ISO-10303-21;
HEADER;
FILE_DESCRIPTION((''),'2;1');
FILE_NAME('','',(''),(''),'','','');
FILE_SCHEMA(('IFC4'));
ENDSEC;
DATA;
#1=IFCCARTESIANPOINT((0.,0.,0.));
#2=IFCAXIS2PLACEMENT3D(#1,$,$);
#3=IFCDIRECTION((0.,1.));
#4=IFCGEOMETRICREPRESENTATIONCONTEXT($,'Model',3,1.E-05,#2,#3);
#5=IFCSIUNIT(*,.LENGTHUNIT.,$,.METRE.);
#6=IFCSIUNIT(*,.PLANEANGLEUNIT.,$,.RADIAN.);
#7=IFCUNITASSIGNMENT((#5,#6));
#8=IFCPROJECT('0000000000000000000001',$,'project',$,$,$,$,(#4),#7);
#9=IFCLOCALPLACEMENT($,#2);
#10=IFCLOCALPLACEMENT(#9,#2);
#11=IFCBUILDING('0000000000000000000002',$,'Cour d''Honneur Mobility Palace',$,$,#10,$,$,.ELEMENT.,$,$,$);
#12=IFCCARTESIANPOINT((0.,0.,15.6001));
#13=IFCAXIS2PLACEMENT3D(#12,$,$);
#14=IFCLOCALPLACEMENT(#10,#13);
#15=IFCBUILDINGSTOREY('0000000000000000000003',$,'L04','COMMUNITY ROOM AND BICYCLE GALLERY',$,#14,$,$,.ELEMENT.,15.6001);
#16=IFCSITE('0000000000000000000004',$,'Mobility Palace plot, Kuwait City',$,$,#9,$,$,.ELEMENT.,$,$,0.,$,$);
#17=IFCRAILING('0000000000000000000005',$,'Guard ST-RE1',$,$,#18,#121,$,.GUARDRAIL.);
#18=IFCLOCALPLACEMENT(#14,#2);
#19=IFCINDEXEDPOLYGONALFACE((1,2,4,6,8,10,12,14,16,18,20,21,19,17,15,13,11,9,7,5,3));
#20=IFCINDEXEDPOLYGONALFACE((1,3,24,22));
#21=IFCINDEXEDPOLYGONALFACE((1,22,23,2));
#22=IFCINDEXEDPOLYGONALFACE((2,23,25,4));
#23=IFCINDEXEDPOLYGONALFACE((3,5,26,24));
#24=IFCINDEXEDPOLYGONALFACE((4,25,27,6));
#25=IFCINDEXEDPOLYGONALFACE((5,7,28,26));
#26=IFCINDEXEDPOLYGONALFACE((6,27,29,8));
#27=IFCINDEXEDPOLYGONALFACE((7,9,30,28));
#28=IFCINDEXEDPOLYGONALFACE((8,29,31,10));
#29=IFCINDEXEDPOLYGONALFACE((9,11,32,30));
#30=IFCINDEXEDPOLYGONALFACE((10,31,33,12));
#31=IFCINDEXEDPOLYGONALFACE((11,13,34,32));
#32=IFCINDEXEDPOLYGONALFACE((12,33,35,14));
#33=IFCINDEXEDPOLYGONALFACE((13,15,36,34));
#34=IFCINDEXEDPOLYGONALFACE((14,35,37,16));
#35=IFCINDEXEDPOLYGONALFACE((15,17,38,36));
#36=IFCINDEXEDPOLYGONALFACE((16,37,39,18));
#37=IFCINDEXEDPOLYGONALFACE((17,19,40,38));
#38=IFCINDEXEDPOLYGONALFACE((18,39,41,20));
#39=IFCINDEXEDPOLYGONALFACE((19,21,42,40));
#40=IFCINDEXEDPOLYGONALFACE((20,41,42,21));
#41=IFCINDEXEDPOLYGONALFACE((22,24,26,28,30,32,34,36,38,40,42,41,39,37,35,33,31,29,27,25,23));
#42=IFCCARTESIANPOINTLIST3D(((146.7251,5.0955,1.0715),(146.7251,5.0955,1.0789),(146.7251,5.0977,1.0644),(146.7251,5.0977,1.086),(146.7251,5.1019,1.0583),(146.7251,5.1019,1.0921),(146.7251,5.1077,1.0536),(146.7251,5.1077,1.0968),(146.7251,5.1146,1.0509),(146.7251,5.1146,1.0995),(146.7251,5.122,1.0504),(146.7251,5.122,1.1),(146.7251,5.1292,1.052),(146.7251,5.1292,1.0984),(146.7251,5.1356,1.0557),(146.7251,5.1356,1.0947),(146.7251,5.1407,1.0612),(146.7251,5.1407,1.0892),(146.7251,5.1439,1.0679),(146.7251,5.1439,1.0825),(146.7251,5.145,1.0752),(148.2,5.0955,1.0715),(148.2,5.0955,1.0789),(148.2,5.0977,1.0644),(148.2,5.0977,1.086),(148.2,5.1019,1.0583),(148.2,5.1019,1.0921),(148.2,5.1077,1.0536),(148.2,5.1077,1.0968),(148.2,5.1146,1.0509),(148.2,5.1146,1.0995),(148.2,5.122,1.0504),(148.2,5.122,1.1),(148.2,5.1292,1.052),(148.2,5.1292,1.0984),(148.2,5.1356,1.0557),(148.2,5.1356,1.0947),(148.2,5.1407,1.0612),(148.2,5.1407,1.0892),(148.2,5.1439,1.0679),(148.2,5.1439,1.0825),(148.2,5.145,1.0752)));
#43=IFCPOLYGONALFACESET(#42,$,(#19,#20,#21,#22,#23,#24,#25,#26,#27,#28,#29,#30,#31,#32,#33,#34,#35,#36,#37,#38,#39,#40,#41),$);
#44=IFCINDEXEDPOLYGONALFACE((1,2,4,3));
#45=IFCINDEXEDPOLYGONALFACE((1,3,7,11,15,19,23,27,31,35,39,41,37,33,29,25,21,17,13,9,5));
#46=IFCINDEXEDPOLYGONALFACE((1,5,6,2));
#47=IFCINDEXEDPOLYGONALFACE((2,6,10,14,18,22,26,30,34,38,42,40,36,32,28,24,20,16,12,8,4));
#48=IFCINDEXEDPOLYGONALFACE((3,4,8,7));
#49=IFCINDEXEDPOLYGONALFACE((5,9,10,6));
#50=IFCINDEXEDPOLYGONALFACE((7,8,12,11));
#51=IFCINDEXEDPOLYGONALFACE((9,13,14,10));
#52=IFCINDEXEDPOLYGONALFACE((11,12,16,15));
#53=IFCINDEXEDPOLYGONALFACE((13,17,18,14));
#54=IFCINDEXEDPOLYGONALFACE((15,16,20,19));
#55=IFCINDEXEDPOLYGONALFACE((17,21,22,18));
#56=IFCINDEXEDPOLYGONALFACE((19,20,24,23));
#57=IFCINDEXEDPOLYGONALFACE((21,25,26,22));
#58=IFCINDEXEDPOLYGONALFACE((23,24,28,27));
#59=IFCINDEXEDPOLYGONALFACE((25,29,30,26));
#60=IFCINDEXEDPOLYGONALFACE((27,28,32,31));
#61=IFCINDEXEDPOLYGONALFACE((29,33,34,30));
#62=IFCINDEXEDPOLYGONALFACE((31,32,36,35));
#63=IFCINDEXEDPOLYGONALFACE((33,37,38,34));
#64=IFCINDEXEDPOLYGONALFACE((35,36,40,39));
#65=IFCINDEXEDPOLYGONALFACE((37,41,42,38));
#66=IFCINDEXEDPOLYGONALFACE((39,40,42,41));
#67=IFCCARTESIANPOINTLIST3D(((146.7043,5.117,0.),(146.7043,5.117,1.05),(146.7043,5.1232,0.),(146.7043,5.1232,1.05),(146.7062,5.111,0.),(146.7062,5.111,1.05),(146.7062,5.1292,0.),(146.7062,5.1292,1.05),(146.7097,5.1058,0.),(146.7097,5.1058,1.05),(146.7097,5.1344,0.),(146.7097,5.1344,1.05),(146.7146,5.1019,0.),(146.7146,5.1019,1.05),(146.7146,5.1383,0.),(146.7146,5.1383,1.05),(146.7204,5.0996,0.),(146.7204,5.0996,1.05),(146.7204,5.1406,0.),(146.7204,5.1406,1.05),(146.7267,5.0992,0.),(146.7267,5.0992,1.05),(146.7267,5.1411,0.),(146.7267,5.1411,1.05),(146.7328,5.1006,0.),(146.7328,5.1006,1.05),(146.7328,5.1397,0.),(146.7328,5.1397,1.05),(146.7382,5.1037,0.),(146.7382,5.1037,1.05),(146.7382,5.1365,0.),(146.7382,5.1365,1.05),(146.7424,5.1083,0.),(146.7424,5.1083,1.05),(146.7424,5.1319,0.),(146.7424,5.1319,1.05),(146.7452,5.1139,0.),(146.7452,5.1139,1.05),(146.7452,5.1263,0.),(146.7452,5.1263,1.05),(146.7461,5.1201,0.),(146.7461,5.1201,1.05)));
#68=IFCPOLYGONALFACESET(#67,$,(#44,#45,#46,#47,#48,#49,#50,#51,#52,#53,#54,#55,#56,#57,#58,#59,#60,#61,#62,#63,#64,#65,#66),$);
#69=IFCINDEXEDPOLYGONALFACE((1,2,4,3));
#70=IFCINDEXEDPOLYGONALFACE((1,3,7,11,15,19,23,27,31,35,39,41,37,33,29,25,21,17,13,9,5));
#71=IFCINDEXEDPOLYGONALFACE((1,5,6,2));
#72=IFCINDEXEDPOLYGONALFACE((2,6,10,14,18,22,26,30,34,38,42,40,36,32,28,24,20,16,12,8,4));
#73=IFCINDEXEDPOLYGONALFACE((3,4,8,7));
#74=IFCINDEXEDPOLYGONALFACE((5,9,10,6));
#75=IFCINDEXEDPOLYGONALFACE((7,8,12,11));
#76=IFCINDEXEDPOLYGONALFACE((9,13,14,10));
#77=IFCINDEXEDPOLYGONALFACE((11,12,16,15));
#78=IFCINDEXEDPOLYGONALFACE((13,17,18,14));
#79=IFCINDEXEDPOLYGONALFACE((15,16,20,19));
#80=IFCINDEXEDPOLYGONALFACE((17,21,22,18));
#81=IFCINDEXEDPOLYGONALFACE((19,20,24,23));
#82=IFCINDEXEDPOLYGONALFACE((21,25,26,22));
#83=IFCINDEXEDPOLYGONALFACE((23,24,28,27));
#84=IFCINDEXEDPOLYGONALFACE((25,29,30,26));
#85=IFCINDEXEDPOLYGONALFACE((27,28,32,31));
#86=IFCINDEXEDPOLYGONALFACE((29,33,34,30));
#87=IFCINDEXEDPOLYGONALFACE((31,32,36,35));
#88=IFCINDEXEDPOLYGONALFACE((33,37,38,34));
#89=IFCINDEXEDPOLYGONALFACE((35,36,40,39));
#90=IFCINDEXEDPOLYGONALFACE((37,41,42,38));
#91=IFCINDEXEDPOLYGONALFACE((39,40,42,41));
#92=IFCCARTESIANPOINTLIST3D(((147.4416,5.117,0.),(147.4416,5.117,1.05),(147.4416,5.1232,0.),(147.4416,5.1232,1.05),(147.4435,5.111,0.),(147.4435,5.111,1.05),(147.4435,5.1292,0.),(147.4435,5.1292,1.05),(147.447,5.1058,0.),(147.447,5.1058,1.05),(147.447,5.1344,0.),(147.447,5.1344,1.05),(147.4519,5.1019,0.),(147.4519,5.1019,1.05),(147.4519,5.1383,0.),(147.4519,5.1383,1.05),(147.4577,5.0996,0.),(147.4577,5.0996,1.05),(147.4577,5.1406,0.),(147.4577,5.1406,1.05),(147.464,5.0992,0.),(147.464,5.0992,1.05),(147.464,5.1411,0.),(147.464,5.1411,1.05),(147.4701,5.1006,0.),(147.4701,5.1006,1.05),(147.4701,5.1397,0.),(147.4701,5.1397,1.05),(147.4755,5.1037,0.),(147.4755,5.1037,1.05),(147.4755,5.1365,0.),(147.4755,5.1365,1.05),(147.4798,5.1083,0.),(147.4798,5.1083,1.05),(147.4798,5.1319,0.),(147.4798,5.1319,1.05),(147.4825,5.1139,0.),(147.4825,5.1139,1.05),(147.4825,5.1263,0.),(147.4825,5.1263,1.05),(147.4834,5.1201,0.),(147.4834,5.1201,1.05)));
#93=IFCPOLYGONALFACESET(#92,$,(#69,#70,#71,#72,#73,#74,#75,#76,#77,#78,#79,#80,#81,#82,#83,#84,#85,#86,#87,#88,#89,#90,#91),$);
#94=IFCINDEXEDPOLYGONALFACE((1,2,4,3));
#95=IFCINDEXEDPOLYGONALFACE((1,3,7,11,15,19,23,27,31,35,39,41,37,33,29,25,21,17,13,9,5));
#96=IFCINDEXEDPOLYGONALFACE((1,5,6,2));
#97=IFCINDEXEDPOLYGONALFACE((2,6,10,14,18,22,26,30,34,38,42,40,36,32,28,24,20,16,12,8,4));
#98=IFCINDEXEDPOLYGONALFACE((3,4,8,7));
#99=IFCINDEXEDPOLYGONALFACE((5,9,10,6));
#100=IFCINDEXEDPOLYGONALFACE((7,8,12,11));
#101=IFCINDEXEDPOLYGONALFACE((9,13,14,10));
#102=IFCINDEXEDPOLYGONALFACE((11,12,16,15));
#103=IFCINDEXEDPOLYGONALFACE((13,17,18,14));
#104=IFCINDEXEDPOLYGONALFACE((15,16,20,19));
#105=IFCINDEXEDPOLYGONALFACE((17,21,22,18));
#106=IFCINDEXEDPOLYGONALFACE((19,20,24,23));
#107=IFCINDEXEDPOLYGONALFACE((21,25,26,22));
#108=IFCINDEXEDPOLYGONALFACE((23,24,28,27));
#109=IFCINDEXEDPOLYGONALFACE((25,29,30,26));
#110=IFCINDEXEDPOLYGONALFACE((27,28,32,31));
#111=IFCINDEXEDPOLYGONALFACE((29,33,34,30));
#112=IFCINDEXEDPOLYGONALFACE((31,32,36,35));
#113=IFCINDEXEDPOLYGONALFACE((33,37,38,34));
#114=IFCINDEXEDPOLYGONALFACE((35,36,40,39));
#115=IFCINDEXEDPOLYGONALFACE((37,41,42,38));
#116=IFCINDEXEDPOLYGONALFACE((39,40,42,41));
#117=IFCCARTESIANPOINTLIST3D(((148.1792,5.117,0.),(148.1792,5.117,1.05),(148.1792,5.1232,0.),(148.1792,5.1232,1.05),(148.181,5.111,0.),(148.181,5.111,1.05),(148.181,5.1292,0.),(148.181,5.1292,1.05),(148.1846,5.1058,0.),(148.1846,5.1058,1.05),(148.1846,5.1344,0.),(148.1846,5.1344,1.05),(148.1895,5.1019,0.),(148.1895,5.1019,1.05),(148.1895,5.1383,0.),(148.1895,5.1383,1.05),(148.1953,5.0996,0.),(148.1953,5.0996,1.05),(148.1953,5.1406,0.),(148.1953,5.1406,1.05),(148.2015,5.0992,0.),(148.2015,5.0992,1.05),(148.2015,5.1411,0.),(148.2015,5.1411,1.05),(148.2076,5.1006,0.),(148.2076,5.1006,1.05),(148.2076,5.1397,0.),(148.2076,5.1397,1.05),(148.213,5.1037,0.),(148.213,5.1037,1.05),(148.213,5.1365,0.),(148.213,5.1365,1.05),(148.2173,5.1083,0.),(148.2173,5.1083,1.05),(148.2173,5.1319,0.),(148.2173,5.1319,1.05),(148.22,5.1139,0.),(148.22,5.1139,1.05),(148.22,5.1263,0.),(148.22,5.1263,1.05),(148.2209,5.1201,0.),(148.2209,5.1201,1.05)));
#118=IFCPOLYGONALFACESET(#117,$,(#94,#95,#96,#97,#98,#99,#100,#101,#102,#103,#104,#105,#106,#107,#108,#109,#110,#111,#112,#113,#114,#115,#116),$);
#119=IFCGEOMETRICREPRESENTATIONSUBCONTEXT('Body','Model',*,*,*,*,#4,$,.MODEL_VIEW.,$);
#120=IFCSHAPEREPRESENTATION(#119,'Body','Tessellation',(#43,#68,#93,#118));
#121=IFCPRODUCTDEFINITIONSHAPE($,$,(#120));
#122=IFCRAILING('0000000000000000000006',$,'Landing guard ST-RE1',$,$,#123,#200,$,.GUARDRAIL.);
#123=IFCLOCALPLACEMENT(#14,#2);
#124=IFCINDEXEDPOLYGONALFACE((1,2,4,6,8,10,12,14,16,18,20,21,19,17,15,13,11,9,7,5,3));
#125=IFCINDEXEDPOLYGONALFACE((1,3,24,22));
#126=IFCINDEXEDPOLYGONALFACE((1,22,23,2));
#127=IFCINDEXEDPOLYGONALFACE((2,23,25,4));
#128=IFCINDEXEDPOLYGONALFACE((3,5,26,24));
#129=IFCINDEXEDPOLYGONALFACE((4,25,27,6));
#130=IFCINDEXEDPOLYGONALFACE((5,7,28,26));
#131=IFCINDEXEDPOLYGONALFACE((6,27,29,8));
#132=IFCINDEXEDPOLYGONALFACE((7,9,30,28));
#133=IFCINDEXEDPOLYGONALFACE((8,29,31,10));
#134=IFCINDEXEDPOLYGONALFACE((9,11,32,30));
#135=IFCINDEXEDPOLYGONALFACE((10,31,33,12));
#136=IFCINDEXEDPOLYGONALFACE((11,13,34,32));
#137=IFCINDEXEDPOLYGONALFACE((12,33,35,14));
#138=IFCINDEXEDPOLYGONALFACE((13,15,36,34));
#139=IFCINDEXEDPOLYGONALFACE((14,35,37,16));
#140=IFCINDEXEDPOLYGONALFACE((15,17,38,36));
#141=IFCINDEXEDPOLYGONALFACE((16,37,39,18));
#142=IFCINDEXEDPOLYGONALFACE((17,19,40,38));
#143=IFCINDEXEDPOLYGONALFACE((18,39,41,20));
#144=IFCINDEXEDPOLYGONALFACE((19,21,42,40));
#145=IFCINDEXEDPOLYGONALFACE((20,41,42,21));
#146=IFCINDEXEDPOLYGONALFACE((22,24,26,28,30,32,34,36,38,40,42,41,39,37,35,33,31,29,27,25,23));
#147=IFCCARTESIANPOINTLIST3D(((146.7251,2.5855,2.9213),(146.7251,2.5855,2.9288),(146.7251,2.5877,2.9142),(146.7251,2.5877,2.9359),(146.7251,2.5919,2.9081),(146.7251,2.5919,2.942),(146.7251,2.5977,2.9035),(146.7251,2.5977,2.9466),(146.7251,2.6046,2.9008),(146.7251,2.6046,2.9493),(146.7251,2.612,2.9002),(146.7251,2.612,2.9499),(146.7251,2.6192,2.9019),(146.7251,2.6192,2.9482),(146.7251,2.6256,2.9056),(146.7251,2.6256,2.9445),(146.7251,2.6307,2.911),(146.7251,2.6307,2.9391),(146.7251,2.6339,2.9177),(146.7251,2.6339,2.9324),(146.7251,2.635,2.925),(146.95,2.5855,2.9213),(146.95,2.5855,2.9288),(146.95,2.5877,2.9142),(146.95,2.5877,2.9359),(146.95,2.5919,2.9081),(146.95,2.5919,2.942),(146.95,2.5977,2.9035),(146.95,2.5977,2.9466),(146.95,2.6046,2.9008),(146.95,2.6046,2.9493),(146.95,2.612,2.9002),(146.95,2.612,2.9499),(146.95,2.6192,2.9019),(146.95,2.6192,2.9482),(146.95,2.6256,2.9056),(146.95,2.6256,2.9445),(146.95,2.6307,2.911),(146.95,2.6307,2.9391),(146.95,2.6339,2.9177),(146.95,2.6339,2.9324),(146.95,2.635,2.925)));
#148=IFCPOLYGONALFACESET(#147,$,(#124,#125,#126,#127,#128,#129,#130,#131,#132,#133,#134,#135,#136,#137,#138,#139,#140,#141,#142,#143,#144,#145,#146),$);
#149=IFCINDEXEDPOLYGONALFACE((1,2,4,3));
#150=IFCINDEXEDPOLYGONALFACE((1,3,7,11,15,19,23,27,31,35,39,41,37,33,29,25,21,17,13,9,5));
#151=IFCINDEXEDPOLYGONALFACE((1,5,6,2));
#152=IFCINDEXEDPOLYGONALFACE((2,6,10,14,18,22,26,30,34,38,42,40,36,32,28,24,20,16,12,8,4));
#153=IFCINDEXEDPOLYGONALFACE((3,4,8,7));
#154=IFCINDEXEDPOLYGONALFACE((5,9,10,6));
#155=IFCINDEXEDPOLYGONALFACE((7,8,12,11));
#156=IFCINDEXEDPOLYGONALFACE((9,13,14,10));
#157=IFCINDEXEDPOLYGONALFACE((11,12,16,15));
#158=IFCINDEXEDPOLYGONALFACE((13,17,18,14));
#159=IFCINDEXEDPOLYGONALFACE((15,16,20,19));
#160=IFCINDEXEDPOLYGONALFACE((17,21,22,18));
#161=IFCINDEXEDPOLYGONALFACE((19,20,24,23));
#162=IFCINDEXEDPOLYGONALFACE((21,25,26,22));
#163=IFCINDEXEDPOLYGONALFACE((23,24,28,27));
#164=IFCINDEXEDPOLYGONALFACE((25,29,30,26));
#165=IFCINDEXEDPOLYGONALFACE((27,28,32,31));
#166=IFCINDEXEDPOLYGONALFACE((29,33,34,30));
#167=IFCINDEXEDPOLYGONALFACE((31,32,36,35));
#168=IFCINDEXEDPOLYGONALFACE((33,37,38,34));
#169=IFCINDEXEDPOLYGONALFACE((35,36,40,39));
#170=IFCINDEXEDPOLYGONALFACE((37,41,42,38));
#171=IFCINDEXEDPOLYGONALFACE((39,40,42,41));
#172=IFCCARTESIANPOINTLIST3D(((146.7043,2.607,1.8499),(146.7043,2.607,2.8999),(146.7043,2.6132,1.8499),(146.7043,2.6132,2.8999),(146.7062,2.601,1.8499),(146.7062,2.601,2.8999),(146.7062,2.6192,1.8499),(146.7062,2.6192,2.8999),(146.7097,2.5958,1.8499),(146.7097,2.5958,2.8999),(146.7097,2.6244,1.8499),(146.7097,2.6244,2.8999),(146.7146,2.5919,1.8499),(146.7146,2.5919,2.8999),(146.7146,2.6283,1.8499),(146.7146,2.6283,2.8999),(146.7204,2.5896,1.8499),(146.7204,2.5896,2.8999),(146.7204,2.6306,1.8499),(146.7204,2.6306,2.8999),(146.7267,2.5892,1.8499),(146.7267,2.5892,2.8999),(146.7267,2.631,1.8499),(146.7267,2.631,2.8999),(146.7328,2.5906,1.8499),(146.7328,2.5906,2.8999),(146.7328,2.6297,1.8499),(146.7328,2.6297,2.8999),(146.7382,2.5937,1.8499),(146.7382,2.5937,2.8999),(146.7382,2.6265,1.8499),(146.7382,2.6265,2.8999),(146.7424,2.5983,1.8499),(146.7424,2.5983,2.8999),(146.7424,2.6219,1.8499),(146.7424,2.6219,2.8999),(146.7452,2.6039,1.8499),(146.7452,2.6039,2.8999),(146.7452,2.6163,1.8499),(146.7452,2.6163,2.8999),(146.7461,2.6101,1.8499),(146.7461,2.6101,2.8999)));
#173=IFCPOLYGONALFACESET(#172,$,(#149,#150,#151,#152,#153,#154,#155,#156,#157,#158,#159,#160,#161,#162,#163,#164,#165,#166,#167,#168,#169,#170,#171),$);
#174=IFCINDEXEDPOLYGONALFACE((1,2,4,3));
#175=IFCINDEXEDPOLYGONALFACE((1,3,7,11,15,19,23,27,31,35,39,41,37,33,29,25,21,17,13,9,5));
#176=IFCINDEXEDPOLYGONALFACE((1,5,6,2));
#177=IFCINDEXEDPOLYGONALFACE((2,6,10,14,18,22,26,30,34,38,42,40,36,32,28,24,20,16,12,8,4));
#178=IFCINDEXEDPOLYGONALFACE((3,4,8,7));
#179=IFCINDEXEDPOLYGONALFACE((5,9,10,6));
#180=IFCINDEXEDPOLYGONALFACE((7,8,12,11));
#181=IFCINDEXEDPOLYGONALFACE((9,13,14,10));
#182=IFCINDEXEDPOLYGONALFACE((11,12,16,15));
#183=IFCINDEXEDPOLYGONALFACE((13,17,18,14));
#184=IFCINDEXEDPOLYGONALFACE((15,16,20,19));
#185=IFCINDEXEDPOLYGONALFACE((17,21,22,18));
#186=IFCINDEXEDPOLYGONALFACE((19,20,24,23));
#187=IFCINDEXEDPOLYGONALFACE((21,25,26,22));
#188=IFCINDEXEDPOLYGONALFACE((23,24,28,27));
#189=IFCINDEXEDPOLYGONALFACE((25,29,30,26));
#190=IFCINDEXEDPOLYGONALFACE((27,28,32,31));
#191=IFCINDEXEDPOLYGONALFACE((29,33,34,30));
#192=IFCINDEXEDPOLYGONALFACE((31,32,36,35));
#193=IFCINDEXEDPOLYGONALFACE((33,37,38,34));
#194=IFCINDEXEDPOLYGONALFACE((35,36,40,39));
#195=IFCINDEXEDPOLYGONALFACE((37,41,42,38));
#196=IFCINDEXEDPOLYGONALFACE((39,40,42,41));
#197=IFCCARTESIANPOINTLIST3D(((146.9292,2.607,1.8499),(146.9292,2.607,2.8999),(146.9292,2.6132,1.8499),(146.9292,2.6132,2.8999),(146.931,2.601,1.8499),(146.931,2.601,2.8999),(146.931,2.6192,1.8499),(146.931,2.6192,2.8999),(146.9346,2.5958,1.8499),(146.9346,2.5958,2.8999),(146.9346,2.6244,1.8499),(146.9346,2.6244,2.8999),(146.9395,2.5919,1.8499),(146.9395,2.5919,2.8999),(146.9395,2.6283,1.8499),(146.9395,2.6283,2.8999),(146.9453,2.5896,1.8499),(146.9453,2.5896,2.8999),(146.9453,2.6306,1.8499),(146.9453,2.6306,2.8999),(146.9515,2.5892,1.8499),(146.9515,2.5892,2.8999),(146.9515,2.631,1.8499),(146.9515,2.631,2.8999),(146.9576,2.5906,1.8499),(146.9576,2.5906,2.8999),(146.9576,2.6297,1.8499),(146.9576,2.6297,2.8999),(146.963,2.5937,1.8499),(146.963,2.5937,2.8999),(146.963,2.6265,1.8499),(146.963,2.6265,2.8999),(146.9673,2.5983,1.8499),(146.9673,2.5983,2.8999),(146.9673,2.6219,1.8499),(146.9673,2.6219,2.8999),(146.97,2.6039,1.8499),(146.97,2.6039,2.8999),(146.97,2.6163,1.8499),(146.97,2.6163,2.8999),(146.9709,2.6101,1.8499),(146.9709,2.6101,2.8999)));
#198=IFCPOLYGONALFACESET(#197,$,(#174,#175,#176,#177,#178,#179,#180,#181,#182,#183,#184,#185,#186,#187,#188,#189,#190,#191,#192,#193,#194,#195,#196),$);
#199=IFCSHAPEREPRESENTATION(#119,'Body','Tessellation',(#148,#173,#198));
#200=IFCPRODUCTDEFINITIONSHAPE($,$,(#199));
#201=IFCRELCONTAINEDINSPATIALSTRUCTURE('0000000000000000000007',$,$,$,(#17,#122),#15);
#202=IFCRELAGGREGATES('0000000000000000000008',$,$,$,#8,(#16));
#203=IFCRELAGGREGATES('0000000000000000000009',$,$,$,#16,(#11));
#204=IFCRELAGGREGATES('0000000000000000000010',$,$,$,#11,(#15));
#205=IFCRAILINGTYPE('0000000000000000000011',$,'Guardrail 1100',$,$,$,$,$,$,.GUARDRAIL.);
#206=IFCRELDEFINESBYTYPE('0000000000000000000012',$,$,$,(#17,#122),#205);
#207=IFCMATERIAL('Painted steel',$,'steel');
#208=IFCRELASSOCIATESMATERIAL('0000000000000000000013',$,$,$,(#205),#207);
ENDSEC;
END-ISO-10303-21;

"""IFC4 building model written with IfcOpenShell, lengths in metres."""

from ifc_helpers import new_model, si_unit, direction, frame, origin, origin_2d, place, context, subcontext, project, spatial, circle, extrude, material, type_object, element, save


model = new_model("IFC4")

# Units and contexts
model_context = context("Model", 3, precision=1e-05, world=origin(), true_north=direction((0.0, 1.0)))
body_context = subcontext(model_context, "Body", "Model", "MODEL_VIEW")
ifc_project = project(units=[si_unit("LENGTHUNIT", "METRE"), si_unit("PLANEANGLEUNIT", "RADIAN")], contexts=[model_context])

# Site, building, storey
site_placement = place(None, origin())
site = spatial("IfcSite", under=ifc_project, at=site_placement, Name="Mobility Palace plot, Kuwait City", CompositionType="ELEMENT", RefElevation=0.0)
building_placement = place(site_placement, origin())
building = spatial("IfcBuilding", under=site, at=building_placement, Name="Cour d'Honneur Mobility Palace", CompositionType="ELEMENT")
storey_placement = place(building_placement, frame((0.0, 0.0, 15.6001)))
storey = spatial("IfcBuildingStorey", under=building, at=storey_placement, Name="L04", Description="COMMUNITY ROOM AND BICYCLE GALLERY", CompositionType="ELEMENT", Elevation=15.6001)

# Railings
ifc_material_1 = material(Name="Painted steel", Category="steel")
railing_type_1 = type_object("IfcRailingType", Name="Guardrail 1100", PredefinedType="GUARDRAIL", material=ifc_material_1)
railing_1_placement = place(storey_placement, frame((146.7251, 5.1201, 0.0)))
element("IfcRailing", 1, at=railing_1_placement, inside=storey, type_object=railing_type_1, Name="Guard ST-RE1", PredefinedType="GUARDRAIL", context=body_context, shape_type="SweptSolid", body=[
    extrude(circle(Radius=0.0249, at=origin_2d()), frame((0.0, 0.0, 1.0752), z_axis=(1.0, 0.0, 0.0), x_axis=(0.0, 1.0, 0.0)), (0.0, 0.0, 1.0), 1.4749),
    extrude(circle(Radius=0.021, at=origin_2d()), origin(), (0.0, 0.0, 1.0), 1.05),
    extrude(circle(Radius=0.021, at=origin_2d()), frame((0.7373, 0.0, 0.0)), (0.0, 0.0, 1.0), 1.05),
    extrude(circle(Radius=0.021, at=origin_2d()), frame((1.4749, 0.0, 0.0)), (0.0, 0.0, 1.0), 1.05),
])
railing_2_placement = place(storey_placement, frame((146.7251, 2.6101, 1.8499)))
element("IfcRailing", 2, at=railing_2_placement, inside=storey, type_object=railing_type_1, Name="Landing guard ST-RE1", PredefinedType="GUARDRAIL", context=body_context, shape_type="SweptSolid", body=[
    extrude(circle(Radius=0.0249, at=origin_2d()), frame((0.0, 0.0, 1.0752), z_axis=(1.0, 0.0, 0.0), x_axis=(0.0, 1.0, 0.0)), (0.0, 0.0, 1.0), 0.2249),
    extrude(circle(Radius=0.021, at=origin_2d()), origin(), (0.0, 0.0, 1.0), 1.05),
    extrude(circle(Radius=0.021, at=origin_2d()), frame((0.2249, 0.0, 0.0)), (0.0, 0.0, 1.0), 1.05),
])

save(model, "model.ifc")
